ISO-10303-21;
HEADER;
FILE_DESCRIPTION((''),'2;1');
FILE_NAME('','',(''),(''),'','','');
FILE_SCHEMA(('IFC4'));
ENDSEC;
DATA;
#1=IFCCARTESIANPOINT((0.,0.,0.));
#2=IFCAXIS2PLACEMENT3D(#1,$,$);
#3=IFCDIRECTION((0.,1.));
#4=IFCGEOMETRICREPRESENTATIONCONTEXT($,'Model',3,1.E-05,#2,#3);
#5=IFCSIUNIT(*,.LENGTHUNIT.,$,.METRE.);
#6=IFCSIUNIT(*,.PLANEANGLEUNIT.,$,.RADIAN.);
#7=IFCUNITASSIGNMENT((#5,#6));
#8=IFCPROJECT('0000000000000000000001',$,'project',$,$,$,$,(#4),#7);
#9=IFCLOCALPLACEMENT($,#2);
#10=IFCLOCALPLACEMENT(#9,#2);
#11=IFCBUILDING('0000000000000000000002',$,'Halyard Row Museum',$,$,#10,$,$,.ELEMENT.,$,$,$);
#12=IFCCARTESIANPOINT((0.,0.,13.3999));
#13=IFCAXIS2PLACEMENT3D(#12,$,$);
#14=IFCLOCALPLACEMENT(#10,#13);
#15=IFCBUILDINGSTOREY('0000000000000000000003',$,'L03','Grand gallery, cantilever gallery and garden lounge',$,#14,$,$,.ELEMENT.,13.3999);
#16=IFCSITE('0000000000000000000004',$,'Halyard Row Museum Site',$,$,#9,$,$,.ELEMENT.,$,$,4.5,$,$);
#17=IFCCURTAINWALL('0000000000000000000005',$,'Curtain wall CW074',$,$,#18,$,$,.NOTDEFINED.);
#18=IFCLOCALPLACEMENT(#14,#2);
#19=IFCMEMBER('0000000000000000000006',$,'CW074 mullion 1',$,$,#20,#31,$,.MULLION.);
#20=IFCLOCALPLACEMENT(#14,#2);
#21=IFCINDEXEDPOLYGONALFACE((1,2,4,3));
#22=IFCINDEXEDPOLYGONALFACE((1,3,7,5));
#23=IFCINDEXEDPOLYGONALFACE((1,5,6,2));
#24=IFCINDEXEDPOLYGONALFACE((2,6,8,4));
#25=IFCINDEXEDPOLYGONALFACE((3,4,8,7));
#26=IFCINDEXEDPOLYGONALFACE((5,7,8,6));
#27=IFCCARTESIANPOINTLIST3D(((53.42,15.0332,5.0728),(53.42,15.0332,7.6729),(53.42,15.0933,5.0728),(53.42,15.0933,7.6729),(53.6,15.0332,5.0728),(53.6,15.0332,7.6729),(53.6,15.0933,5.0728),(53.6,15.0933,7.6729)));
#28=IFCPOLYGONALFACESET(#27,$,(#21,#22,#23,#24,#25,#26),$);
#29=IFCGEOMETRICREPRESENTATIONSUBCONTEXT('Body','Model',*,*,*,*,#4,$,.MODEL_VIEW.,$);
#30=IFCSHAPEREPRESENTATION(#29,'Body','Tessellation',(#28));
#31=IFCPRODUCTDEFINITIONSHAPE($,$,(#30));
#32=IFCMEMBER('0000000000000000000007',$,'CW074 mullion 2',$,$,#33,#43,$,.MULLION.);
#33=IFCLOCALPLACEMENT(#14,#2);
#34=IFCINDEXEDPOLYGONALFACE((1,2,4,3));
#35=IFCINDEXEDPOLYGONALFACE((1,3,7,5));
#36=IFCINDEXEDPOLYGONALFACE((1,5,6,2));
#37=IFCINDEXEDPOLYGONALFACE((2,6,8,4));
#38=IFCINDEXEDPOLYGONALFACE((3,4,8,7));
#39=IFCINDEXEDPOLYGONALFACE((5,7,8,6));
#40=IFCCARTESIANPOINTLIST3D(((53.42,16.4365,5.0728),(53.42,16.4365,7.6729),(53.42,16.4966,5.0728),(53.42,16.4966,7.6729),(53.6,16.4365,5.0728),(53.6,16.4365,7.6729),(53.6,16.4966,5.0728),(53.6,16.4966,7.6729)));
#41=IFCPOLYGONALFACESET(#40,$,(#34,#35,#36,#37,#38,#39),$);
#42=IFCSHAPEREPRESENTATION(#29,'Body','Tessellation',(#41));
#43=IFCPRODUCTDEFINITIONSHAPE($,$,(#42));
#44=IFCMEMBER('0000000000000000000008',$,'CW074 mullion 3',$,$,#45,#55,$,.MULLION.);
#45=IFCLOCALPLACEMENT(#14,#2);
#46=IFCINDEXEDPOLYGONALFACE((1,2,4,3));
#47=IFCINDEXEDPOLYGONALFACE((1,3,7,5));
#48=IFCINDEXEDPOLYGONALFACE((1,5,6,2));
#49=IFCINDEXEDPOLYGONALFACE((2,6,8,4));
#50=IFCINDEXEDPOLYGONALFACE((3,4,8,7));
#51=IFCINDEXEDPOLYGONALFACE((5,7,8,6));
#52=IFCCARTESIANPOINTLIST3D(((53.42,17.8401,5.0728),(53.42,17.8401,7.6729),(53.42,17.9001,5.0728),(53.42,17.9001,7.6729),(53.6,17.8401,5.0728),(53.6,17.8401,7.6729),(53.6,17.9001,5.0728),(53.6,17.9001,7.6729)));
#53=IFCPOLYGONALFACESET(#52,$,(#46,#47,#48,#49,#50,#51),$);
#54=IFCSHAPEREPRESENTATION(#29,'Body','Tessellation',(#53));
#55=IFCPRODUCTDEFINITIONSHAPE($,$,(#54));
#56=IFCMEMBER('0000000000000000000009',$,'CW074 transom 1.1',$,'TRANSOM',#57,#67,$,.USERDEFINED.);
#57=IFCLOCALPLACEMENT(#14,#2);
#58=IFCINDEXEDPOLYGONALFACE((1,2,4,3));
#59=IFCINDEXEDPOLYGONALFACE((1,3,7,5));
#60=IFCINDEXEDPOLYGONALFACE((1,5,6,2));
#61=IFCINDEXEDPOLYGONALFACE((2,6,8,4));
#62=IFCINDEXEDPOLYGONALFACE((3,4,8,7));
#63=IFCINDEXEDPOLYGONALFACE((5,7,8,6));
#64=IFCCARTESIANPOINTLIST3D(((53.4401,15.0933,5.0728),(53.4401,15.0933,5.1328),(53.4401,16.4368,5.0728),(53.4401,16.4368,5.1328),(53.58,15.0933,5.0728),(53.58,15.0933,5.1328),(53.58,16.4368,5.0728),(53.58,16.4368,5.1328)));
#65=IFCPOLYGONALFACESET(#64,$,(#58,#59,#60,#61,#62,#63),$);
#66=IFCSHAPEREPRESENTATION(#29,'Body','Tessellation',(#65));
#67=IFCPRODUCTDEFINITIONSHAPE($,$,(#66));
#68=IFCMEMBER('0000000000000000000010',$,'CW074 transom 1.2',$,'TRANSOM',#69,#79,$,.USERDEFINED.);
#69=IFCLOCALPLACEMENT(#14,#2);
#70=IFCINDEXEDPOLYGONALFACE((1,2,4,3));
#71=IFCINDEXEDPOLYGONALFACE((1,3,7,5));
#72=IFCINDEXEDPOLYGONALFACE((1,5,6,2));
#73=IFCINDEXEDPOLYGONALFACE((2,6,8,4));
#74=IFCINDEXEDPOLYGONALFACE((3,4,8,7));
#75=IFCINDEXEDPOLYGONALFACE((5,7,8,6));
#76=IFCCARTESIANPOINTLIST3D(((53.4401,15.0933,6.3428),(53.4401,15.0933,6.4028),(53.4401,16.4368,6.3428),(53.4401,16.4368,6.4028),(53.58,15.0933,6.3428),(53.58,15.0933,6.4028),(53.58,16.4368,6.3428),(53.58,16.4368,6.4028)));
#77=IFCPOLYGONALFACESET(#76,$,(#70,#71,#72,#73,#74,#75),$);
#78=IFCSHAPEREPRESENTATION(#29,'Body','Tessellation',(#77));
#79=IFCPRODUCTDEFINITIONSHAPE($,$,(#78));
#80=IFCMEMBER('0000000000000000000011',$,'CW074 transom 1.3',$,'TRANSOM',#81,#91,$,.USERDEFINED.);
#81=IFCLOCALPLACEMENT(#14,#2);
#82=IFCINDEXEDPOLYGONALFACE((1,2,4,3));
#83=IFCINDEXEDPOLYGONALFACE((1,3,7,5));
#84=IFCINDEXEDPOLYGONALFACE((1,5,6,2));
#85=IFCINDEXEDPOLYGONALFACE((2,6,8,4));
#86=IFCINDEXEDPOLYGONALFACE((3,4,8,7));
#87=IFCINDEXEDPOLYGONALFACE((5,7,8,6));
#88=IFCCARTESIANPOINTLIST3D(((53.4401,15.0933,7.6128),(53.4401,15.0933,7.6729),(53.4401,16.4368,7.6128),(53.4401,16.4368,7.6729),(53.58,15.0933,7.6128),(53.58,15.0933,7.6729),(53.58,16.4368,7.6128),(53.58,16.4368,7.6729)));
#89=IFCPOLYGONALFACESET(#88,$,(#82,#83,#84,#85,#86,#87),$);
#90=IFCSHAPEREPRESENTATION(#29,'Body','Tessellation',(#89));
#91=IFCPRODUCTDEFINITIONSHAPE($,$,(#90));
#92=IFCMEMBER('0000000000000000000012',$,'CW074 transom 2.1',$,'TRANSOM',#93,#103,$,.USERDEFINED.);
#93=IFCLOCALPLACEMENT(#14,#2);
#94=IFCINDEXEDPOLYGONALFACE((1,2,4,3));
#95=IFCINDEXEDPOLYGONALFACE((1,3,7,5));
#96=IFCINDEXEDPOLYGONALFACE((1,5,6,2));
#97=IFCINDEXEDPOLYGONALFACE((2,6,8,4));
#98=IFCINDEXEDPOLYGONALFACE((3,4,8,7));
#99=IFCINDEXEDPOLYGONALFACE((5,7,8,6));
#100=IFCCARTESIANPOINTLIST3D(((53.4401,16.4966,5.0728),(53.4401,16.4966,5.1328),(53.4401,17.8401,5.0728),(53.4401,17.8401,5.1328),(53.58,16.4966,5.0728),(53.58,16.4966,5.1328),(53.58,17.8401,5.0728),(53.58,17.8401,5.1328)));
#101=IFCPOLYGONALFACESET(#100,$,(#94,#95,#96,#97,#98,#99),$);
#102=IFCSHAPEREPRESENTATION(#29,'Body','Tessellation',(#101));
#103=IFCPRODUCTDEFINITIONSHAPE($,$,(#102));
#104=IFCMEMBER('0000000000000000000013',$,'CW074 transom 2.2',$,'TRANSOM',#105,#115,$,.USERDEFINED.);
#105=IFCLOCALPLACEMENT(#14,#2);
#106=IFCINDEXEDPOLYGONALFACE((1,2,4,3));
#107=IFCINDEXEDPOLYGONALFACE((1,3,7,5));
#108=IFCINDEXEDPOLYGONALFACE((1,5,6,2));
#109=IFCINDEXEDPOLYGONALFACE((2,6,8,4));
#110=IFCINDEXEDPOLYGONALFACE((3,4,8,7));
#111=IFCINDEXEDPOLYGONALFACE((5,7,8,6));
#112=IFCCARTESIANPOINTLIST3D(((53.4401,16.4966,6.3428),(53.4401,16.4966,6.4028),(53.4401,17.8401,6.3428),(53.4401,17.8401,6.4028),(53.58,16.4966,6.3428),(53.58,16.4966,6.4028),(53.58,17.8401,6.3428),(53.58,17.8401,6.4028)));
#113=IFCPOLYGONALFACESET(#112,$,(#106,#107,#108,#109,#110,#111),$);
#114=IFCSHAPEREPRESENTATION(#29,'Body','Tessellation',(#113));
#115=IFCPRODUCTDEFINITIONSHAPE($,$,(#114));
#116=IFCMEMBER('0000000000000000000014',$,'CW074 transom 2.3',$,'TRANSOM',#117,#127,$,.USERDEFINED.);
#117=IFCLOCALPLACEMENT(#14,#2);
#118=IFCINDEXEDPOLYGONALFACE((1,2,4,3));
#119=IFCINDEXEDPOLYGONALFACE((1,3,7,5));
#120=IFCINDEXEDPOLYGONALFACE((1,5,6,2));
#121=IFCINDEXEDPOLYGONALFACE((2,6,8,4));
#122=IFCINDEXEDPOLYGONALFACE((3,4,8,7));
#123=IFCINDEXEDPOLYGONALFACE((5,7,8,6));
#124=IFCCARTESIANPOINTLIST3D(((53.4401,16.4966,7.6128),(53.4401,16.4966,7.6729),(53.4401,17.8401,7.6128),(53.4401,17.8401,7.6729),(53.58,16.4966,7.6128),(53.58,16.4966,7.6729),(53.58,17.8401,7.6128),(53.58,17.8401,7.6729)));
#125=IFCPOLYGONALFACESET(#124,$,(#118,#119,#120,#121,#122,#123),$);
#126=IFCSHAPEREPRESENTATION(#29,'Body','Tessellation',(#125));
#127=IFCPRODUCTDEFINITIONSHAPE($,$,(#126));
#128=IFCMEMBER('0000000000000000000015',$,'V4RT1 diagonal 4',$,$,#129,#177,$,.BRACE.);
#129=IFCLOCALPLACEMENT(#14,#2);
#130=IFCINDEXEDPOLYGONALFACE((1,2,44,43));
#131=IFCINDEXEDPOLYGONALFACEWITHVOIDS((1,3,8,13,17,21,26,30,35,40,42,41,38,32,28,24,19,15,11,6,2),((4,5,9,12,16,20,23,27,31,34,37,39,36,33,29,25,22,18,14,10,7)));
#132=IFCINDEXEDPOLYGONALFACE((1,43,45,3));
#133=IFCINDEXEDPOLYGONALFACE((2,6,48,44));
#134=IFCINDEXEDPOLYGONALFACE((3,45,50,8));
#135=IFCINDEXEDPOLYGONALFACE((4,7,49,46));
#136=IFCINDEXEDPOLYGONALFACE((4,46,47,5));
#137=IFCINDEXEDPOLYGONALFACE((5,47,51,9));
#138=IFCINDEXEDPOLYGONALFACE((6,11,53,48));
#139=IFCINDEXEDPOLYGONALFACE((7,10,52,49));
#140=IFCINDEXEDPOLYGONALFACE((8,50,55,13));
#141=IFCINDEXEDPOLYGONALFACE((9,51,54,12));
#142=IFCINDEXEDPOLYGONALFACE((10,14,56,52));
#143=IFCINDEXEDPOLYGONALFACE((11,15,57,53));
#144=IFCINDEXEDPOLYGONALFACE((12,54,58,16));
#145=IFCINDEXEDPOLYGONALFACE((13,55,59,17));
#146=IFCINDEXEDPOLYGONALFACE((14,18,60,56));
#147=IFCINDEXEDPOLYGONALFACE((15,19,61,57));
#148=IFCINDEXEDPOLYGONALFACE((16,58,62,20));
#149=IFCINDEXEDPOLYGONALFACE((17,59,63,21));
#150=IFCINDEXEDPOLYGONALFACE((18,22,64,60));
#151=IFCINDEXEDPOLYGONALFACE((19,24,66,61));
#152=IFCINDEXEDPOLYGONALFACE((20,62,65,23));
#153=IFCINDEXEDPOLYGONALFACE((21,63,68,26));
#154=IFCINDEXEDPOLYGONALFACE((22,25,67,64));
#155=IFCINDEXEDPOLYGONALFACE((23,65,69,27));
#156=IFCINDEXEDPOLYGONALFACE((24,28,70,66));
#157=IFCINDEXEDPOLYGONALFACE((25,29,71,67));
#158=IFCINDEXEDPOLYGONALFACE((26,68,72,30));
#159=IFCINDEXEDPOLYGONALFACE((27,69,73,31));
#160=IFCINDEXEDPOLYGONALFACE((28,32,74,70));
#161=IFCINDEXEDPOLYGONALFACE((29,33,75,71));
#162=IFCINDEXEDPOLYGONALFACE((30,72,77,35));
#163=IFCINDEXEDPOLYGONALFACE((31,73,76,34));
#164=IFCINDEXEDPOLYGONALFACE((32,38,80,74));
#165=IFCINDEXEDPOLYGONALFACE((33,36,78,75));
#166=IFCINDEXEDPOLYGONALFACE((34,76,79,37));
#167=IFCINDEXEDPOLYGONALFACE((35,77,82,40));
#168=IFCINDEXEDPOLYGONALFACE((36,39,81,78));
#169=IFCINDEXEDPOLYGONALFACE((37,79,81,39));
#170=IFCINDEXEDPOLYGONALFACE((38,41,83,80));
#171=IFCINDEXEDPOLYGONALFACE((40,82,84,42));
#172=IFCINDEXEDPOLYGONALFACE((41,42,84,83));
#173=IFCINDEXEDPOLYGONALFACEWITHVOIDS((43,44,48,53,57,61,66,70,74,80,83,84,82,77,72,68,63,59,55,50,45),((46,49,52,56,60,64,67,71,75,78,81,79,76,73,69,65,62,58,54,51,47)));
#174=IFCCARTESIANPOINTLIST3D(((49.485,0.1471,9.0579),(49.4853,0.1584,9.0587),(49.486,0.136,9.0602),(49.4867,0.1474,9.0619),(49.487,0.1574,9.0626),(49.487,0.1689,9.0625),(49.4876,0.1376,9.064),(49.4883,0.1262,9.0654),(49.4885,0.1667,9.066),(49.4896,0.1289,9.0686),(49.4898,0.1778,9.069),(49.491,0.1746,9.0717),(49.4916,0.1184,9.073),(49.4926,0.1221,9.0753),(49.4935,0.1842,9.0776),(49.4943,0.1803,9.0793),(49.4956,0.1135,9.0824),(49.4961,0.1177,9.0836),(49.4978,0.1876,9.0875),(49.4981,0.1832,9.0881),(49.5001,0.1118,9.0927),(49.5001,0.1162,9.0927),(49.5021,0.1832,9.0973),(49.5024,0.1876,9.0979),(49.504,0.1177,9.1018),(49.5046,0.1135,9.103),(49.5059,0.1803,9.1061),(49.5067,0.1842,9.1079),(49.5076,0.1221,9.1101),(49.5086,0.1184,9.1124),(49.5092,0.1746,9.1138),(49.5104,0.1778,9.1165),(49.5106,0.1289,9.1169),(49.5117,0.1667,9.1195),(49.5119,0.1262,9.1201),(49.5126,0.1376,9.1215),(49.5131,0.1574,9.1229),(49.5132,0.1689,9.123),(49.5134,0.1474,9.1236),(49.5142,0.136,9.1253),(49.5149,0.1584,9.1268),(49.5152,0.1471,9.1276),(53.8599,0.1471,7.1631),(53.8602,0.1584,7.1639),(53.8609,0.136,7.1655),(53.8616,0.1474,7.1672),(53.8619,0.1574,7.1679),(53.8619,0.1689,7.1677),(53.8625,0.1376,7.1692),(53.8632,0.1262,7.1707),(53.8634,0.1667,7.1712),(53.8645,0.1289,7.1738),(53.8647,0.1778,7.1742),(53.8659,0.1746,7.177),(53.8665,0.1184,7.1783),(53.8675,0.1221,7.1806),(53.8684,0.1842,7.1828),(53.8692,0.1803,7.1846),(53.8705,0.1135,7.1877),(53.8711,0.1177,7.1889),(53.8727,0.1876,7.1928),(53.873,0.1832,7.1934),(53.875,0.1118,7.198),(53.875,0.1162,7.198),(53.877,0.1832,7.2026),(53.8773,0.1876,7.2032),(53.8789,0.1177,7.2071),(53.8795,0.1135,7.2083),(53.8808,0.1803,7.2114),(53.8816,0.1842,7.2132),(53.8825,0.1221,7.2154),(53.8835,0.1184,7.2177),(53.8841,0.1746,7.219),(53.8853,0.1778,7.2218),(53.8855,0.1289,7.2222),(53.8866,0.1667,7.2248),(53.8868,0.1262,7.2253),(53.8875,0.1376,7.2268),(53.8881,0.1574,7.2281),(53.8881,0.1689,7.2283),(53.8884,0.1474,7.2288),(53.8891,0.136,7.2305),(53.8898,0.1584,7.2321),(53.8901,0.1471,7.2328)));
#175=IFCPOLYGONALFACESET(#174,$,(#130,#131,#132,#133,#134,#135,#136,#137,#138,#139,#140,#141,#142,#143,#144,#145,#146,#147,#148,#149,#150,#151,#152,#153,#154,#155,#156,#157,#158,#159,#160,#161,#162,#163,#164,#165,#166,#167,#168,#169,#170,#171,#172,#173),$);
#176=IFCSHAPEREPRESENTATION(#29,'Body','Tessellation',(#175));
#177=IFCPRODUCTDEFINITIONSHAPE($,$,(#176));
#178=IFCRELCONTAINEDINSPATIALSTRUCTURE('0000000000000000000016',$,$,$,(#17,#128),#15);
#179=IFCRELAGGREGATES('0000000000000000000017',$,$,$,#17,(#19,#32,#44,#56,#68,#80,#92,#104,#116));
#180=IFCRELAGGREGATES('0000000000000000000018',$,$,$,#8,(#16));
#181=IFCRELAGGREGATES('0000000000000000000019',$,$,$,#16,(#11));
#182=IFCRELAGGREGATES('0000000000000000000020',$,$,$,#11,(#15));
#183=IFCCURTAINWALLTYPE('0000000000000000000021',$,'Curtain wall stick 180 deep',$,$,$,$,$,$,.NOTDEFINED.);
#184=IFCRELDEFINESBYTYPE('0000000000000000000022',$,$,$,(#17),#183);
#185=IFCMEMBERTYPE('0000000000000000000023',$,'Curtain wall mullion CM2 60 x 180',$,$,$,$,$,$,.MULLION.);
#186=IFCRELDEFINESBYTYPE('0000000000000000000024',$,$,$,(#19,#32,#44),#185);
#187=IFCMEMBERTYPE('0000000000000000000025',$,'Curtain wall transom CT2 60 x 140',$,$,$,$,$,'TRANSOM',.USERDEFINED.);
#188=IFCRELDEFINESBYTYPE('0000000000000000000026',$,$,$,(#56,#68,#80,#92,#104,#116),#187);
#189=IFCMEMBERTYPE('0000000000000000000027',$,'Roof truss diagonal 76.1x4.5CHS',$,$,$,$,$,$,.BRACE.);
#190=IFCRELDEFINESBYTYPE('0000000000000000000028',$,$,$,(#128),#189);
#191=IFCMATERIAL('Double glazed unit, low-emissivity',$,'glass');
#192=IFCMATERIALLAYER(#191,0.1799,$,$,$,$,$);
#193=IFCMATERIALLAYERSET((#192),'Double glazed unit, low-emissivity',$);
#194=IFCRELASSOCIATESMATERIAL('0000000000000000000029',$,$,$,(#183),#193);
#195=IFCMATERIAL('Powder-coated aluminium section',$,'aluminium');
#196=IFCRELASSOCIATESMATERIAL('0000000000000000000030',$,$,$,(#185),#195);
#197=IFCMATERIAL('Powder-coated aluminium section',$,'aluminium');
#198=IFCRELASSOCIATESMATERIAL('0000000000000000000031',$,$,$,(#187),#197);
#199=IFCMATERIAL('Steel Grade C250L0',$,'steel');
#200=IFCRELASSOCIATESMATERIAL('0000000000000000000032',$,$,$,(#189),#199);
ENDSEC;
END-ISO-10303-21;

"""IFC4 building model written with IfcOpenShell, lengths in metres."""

from ifc_helpers import new_model, si_unit, direction, frame, origin, origin_2d, place, context, subcontext, project, spatial, rectangle, hollow_circle, extrude, material, layer, layer_set, material_profile, profile_set, type_object, element, aggregate, save


model = new_model("IFC4")

# Units and contexts
model_context = context("Model", 3, precision=1e-05, world=origin(), true_north=direction((0.0, 1.0)))
body_context = subcontext(model_context, "Body", "Model", "MODEL_VIEW")
ifc_project = project(units=[si_unit("LENGTHUNIT", "METRE"), si_unit("PLANEANGLEUNIT", "RADIAN")], contexts=[model_context])

# Site, building, storey
site_placement = place(None, origin())
site = spatial("IfcSite", under=ifc_project, at=site_placement, Name="Halyard Row Museum Site", CompositionType="ELEMENT", RefElevation=4.5)
building_placement = place(site_placement, origin())
building = spatial("IfcBuilding", under=site, at=building_placement, Name="Halyard Row Museum", CompositionType="ELEMENT")
storey_placement = place(building_placement, frame((0.0, 0.0, 13.3999)))
storey = spatial("IfcBuildingStorey", under=building, at=storey_placement, Name="L03", Description="Grand gallery, cantilever gallery and garden lounge", CompositionType="ELEMENT", Elevation=13.3999)

# Curtain wall, members
ifc_material_1 = material(Name="Double glazed unit, low-emissivity", Category="glass")
ifc_layer_1 = layer(ifc_material_1, 0.1799)
ifc_layer_set_1 = layer_set([ifc_layer_1], Name="Double glazed unit, low-emissivity")
curtain_wall_type = type_object("IfcCurtainWallType", Name="Curtain wall stick 180 deep", PredefinedType="NOTDEFINED", material=ifc_layer_set_1)
curtain_wall_placement = place(storey_placement, origin())
curtain_wall = element("IfcCurtainWall", 1, at=curtain_wall_placement, inside=storey, type_object=curtain_wall_type, Name="Curtain wall CW074", PredefinedType="NOTDEFINED")
ifc_material_2 = material(Name="Powder-coated aluminium section", Category="aluminium")
ifc_material_profile_1 = material_profile(ifc_material_2, rectangle(XDim=0.1799, YDim=0.0601, at=origin_2d()), Name="180x60 mullion")
ifc_profile_set_1 = profile_set([ifc_material_profile_1], Name="Powder-coated aluminium section")
member_type_1 = type_object("IfcMemberType", Name="Curtain wall mullion CM2 60 x 180", PredefinedType="MULLION", material=ifc_profile_set_1)
member_1_placement = place(storey_placement, frame((53.51, 15.0632, 5.0728), z_axis=(0.0, 0.0, 1.0), x_axis=(-1.0, 0.0, 0.0)))
member_1 = element("IfcMember", 2, at=member_1_placement, type_object=member_type_1, Name="CW074 mullion 1", PredefinedType="MULLION", context=body_context, shape_type="SweptSolid", body=[
    extrude(rectangle(XDim=0.1799, YDim=0.0601, at=origin_2d()), origin(), (0.0, 0.0, 1.0), 2.6001),
])
member_2_placement = place(storey_placement, frame((53.51, 16.4666, 5.0728), z_axis=(0.0, 0.0, 1.0), x_axis=(-1.0, 0.0, 0.0)))
member_2 = element("IfcMember", 3, at=member_2_placement, type_object=member_type_1, Name="CW074 mullion 2", PredefinedType="MULLION", context=body_context, shape_type="SweptSolid", body=[
    extrude(rectangle(XDim=0.1799, YDim=0.0601, at=origin_2d()), origin(), (0.0, 0.0, 1.0), 2.6001),
])
member_3_placement = place(storey_placement, frame((53.51, 17.8701, 5.0728), z_axis=(0.0, 0.0, 1.0), x_axis=(-1.0, 0.0, 0.0)))
member_3 = element("IfcMember", 4, at=member_3_placement, type_object=member_type_1, Name="CW074 mullion 3", PredefinedType="MULLION", context=body_context, shape_type="SweptSolid", body=[
    extrude(rectangle(XDim=0.1799, YDim=0.0601, at=origin_2d()), origin(), (0.0, 0.0, 1.0), 2.6001),
])
ifc_material_3 = material(Name="Powder-coated aluminium section", Category="aluminium")
ifc_material_profile_2 = material_profile(ifc_material_3, rectangle(XDim=0.1399, YDim=0.0601, at=origin_2d()), Name="140x60 transom")
ifc_profile_set_2 = profile_set([ifc_material_profile_2], Name="Powder-coated aluminium section")
member_type_2 = type_object("IfcMemberType", Name="Curtain wall transom CT2 60 x 140", ElementType="TRANSOM", PredefinedType="USERDEFINED", material=ifc_profile_set_2)
member_4_placement = place(storey_placement, frame((53.51, 15.0933, 5.1028), z_axis=(0.0, 1.0, 0.0), x_axis=(-1.0, 0.0, 0.0)))
member_4 = element("IfcMember", 5, at=member_4_placement, type_object=member_type_2, Name="CW074 transom 1.1", ObjectType="TRANSOM", PredefinedType="USERDEFINED", context=body_context, shape_type="SweptSolid", body=[
    extrude(rectangle(XDim=0.1399, YDim=0.0601, at=origin_2d()), origin(), (0.0, 0.0, 1.0), 1.3435),
])
member_5_placement = place(storey_placement, frame((53.51, 15.0933, 6.3728), z_axis=(0.0, 1.0, 0.0), x_axis=(-1.0, 0.0, 0.0)))
member_5 = element("IfcMember", 6, at=member_5_placement, type_object=member_type_2, Name="CW074 transom 1.2", ObjectType="TRANSOM", PredefinedType="USERDEFINED", context=body_context, shape_type="SweptSolid", body=[
    extrude(rectangle(XDim=0.1399, YDim=0.0601, at=origin_2d()), origin(), (0.0, 0.0, 1.0), 1.3435),
])
member_6_placement = place(storey_placement, frame((53.51, 15.0933, 7.6428), z_axis=(0.0, 1.0, 0.0), x_axis=(-1.0, 0.0, 0.0)))
member_6 = element("IfcMember", 7, at=member_6_placement, type_object=member_type_2, Name="CW074 transom 1.3", ObjectType="TRANSOM", PredefinedType="USERDEFINED", context=body_context, shape_type="SweptSolid", body=[
    extrude(rectangle(XDim=0.1399, YDim=0.0601, at=origin_2d()), origin(), (0.0, 0.0, 1.0), 1.3435),
])
member_7_placement = place(storey_placement, frame((53.51, 16.4966, 5.1028), z_axis=(0.0, 1.0, 0.0), x_axis=(-1.0, 0.0, 0.0)))
member_7 = element("IfcMember", 8, at=member_7_placement, type_object=member_type_2, Name="CW074 transom 2.1", ObjectType="TRANSOM", PredefinedType="USERDEFINED", context=body_context, shape_type="SweptSolid", body=[
    extrude(rectangle(XDim=0.1399, YDim=0.0601, at=origin_2d()), origin(), (0.0, 0.0, 1.0), 1.3435),
])
member_8_placement = place(storey_placement, frame((53.51, 16.4966, 6.3728), z_axis=(0.0, 1.0, 0.0), x_axis=(-1.0, 0.0, 0.0)))
member_8 = element("IfcMember", 9, at=member_8_placement, type_object=member_type_2, Name="CW074 transom 2.2", ObjectType="TRANSOM", PredefinedType="USERDEFINED", context=body_context, shape_type="SweptSolid", body=[
    extrude(rectangle(XDim=0.1399, YDim=0.0601, at=origin_2d()), origin(), (0.0, 0.0, 1.0), 1.3435),
])
member_9_placement = place(storey_placement, frame((53.51, 16.4966, 7.6428), z_axis=(0.0, 1.0, 0.0), x_axis=(-1.0, 0.0, 0.0)))
member_9 = element("IfcMember", 10, at=member_9_placement, type_object=member_type_2, Name="CW074 transom 2.3", ObjectType="TRANSOM", PredefinedType="USERDEFINED", context=body_context, shape_type="SweptSolid", body=[
    extrude(rectangle(XDim=0.1399, YDim=0.0601, at=origin_2d()), origin(), (0.0, 0.0, 1.0), 1.3435),
])

# Member
ifc_material_4 = material(Name="Steel Grade C250L0", Category="steel")
ifc_material_profile_3 = material_profile(ifc_material_4, hollow_circle(Radius=0.0381, WallThickness=0.0044, at=origin_2d()), Name="76.1x4.5CHS")
ifc_profile_set_3 = profile_set([ifc_material_profile_3], Name="Steel Grade C250L0")
member_type_3 = type_object("IfcMemberType", Name="Roof truss diagonal 76.1x4.5CHS", PredefinedType="BRACE", material=ifc_profile_set_3)
member_10_placement = place(storey_placement, frame((53.875, 0.1499, 7.198), z_axis=(-0.917637, 0.0, 0.397421), x_axis=(0.0, -1.0, 0.0)))
element("IfcMember", 11, at=member_10_placement, inside=storey, type_object=member_type_3, Name="V4RT1 diagonal 4", PredefinedType="BRACE", context=body_context, shape_type="SweptSolid", body=[
    extrude(hollow_circle(Radius=0.0381, WallThickness=0.0044, at=origin_2d()), origin(), (0.0, 0.0, 1.0), 4.7676),
])

aggregate(curtain_wall, [member_1, member_2, member_3, member_4, member_5, member_6, member_7, member_8, member_9])

save(model, "model.ifc")
